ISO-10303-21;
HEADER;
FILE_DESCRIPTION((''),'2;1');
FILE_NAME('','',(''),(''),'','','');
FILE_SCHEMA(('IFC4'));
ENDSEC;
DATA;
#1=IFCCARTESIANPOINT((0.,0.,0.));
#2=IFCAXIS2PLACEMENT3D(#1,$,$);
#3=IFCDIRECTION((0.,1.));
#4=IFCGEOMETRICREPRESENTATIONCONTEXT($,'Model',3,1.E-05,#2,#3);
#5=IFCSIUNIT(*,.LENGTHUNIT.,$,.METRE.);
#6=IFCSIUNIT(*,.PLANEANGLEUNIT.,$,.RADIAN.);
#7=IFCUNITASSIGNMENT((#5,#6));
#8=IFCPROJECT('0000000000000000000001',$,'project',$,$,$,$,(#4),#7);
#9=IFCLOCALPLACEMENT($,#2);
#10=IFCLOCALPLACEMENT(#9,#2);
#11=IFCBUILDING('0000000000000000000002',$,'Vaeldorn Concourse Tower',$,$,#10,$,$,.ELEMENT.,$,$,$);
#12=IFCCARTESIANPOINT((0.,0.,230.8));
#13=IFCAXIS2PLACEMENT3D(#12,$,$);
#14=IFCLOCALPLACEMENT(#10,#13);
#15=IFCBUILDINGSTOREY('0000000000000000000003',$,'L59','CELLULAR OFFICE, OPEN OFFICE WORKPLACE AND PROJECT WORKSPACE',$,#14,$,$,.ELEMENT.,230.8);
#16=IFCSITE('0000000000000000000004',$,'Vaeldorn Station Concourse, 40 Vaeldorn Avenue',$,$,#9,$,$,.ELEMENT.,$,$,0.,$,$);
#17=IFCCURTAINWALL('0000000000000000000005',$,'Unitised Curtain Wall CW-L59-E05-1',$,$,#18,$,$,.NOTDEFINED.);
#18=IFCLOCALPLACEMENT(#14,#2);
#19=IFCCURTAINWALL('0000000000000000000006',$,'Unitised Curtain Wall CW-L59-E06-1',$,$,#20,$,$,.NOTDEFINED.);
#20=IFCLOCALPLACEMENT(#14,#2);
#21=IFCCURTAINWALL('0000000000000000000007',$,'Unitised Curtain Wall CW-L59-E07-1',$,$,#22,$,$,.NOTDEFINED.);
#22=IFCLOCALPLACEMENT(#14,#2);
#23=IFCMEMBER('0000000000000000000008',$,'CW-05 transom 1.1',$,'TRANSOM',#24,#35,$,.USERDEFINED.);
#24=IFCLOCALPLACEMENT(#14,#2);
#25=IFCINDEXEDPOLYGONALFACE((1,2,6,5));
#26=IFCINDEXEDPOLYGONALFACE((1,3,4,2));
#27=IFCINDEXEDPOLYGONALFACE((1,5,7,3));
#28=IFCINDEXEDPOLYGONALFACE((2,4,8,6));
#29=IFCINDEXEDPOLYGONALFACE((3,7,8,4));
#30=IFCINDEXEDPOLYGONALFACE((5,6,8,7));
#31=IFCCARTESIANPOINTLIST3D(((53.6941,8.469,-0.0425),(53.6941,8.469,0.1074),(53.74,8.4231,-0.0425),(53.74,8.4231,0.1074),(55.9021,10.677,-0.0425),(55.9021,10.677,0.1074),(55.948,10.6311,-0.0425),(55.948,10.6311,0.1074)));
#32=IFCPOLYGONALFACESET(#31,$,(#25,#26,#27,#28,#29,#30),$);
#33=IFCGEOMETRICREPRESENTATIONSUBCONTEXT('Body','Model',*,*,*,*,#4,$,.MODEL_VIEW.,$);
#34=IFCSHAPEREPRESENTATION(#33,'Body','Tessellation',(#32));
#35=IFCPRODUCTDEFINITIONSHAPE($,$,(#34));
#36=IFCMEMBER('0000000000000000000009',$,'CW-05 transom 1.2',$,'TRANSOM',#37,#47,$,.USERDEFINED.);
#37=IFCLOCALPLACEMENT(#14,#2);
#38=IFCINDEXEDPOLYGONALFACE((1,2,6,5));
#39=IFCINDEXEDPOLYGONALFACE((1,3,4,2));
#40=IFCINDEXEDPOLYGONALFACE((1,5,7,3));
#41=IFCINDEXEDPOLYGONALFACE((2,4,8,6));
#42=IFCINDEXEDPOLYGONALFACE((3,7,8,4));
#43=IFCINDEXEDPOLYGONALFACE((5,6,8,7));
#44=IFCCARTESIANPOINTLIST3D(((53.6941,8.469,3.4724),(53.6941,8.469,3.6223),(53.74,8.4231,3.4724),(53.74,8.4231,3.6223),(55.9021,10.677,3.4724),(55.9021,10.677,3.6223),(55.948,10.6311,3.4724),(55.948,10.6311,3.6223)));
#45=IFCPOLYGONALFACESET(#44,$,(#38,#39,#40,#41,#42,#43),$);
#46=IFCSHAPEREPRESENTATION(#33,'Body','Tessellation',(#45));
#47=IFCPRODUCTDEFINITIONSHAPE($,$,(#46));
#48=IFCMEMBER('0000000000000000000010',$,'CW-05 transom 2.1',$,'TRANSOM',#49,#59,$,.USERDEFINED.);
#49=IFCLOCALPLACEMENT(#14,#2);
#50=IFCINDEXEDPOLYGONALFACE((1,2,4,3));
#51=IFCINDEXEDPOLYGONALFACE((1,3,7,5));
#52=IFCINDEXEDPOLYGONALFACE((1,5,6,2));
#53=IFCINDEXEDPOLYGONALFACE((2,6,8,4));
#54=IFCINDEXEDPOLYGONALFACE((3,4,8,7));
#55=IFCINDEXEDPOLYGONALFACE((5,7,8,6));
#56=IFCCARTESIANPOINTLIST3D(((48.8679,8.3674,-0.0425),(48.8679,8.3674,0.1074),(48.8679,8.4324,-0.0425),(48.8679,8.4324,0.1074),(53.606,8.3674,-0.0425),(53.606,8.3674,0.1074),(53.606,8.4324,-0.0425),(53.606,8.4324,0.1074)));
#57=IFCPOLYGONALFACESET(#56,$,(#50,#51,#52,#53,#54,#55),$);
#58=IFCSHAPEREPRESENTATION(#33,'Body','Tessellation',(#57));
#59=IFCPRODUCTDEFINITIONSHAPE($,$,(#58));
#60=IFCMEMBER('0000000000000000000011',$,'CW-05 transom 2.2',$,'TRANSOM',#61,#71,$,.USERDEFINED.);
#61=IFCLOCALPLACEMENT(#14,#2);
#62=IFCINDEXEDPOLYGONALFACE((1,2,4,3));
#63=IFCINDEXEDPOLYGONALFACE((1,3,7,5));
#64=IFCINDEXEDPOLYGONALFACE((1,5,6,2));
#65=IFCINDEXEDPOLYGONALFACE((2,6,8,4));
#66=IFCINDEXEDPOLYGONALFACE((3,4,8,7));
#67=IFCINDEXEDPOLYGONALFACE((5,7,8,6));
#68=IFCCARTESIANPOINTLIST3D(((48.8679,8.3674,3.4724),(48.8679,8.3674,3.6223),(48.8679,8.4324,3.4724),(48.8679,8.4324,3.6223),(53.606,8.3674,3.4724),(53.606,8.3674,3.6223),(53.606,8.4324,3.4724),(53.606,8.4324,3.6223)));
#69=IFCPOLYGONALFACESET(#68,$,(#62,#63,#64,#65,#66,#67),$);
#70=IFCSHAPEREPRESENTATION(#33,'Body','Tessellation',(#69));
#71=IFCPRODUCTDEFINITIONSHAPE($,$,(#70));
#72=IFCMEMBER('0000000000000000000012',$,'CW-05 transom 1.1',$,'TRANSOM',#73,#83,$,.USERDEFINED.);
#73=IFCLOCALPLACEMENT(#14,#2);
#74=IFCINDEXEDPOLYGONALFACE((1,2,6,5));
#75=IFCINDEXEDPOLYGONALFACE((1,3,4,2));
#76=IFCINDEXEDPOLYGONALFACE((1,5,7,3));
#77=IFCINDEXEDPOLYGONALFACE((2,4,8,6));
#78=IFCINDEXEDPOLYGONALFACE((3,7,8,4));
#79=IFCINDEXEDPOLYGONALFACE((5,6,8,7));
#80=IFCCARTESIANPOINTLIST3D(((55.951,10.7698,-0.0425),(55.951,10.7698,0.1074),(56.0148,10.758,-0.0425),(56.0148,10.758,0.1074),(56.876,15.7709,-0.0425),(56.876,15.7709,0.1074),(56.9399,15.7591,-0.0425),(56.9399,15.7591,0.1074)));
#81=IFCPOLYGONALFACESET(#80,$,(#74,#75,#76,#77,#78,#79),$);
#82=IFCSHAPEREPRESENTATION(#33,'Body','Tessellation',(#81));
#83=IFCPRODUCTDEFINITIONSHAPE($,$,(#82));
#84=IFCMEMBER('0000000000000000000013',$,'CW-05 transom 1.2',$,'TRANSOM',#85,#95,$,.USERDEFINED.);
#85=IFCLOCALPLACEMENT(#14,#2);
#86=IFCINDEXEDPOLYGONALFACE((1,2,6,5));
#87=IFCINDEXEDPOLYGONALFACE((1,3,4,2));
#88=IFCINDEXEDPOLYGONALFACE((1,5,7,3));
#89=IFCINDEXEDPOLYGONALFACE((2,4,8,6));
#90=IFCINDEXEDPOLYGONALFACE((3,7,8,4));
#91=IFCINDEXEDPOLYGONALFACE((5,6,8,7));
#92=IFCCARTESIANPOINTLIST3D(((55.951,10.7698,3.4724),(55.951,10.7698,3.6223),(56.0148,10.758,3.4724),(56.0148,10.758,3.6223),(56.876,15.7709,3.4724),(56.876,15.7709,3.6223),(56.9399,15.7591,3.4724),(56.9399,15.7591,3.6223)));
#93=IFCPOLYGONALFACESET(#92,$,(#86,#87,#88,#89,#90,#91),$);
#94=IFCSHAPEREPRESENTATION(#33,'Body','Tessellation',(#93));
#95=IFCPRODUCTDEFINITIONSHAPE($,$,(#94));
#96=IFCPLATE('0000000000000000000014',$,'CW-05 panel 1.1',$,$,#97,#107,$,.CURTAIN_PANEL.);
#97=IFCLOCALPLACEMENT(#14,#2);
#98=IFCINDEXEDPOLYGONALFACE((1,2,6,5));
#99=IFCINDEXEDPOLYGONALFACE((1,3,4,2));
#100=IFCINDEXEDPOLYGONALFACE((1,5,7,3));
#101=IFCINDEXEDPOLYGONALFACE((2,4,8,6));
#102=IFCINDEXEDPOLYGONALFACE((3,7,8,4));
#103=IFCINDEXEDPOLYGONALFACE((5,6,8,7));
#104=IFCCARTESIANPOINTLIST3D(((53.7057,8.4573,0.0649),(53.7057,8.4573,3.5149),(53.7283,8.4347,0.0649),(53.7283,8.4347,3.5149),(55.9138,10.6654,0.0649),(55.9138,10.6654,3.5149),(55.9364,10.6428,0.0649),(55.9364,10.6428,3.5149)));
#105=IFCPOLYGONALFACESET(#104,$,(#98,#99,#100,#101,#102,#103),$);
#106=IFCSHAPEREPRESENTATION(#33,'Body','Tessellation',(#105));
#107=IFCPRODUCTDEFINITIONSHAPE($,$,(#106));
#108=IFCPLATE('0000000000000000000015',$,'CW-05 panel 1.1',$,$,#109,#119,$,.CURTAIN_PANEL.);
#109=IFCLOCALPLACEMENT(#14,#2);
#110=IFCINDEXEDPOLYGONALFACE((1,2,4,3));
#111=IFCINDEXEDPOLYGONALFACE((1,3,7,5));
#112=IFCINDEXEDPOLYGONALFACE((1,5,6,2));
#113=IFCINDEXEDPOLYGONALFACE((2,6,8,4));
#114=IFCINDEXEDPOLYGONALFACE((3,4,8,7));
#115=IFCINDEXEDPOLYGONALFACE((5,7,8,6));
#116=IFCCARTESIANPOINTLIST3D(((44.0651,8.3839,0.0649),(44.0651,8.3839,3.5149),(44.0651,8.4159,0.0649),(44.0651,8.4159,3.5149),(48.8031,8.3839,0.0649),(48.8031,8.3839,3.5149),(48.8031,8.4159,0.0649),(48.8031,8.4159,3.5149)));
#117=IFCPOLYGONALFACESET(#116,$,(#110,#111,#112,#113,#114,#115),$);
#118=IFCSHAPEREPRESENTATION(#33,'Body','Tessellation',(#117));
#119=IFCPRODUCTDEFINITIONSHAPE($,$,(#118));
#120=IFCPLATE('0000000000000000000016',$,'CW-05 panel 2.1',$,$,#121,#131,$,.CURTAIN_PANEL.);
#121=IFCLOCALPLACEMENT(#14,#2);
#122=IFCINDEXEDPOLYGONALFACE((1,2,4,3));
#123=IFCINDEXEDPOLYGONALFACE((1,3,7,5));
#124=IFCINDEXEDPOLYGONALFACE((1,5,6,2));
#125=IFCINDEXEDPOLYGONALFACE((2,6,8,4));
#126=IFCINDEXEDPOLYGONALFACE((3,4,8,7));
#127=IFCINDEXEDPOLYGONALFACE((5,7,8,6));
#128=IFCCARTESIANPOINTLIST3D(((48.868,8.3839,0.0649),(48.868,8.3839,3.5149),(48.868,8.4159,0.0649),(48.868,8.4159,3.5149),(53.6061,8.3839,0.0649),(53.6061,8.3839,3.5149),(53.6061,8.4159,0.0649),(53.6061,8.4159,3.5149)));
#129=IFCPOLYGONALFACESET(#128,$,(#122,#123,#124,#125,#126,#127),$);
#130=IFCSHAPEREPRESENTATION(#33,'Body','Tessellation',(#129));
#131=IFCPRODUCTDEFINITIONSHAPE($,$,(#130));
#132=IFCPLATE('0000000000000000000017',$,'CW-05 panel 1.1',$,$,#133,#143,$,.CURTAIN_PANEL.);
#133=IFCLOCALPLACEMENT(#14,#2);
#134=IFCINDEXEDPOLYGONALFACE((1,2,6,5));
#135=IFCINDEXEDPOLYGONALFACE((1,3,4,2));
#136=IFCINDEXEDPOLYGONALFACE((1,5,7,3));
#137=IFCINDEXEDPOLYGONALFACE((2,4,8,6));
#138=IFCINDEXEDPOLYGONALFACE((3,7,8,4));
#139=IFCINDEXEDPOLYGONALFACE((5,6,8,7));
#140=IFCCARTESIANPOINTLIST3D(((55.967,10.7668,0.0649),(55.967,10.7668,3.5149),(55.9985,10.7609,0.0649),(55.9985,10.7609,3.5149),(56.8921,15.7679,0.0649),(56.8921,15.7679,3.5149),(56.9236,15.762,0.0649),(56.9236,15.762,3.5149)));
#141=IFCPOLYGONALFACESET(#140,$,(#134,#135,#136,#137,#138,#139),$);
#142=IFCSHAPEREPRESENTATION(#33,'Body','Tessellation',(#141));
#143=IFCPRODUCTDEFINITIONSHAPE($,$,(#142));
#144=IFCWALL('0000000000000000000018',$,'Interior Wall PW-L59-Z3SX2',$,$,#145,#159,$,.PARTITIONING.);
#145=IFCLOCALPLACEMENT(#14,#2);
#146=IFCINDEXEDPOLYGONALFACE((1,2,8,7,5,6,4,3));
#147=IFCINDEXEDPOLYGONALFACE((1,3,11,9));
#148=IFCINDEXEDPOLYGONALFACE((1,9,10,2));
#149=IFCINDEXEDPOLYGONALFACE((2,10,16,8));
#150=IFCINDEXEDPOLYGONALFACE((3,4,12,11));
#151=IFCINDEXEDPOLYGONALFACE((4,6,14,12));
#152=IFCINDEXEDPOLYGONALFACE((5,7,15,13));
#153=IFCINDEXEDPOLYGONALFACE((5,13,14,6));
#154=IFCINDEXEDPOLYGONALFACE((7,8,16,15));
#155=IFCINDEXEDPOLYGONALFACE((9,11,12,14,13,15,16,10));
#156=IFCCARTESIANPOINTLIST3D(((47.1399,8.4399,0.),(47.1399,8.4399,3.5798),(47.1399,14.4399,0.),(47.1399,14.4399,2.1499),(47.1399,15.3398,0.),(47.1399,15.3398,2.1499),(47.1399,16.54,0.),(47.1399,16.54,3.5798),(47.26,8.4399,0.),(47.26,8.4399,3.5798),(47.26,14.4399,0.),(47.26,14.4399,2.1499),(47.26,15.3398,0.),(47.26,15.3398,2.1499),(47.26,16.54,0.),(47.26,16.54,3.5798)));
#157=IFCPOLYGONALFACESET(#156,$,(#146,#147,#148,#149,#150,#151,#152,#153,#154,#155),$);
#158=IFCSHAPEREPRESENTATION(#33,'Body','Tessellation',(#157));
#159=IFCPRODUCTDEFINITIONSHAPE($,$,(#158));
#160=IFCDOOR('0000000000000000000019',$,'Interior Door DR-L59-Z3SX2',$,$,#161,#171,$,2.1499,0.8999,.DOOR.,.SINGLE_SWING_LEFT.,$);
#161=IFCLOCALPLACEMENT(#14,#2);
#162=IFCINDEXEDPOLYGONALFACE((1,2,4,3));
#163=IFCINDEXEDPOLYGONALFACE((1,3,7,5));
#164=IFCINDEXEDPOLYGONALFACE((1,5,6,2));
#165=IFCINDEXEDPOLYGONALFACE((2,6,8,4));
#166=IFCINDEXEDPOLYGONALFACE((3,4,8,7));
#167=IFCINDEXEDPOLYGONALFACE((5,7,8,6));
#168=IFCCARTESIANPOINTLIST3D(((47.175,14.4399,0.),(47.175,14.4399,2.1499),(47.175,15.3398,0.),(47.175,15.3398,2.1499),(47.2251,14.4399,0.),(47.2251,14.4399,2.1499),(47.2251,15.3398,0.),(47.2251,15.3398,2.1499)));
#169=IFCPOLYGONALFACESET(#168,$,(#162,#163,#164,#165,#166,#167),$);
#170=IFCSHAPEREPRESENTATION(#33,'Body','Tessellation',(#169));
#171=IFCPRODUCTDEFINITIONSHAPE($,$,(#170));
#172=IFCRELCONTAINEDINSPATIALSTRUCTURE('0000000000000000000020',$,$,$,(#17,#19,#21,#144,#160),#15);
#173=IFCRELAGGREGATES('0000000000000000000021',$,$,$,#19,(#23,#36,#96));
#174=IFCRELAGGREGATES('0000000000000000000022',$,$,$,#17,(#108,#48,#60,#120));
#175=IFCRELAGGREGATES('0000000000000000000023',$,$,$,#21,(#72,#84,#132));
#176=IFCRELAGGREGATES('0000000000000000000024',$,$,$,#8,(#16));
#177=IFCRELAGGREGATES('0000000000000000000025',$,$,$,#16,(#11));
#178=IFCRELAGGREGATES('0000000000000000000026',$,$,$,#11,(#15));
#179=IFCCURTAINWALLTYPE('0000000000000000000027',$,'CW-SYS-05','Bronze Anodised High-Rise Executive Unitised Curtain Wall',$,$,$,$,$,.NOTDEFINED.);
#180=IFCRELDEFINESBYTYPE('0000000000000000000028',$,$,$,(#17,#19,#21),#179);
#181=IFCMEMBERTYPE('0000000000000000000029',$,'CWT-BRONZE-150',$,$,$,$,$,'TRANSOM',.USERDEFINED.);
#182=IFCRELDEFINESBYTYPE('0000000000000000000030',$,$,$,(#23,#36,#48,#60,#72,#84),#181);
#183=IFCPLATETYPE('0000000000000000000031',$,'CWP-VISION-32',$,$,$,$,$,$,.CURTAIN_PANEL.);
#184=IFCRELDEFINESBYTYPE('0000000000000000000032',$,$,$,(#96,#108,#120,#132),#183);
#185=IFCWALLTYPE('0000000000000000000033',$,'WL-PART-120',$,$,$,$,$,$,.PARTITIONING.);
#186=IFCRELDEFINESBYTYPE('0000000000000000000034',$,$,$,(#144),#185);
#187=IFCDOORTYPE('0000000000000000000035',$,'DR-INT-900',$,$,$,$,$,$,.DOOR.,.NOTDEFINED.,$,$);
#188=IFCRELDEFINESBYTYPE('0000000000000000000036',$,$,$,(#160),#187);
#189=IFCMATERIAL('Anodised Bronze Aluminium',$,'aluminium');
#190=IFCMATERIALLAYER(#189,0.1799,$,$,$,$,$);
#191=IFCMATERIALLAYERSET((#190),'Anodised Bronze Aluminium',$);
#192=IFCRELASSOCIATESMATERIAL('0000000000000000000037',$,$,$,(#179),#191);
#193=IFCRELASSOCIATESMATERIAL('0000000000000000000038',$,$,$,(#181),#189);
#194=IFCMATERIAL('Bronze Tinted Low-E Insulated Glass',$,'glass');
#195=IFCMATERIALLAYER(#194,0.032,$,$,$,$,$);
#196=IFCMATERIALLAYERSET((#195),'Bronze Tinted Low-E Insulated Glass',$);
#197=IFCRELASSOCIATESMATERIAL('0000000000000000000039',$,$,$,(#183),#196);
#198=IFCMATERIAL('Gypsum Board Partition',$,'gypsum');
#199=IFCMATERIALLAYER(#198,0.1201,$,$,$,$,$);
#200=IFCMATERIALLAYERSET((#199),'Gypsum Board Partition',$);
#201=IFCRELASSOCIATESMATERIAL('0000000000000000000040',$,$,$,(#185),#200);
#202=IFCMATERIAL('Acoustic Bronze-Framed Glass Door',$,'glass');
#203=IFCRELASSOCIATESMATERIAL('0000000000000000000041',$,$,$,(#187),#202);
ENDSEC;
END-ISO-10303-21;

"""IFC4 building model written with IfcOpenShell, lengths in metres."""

from ifc_helpers import new_model, si_unit, direction, frame, frame_2d, origin, origin_2d, place, context, subcontext, project, spatial, rectangle, extrude, source, transform, mapped, material, layer, layer_set, material_profile, profile_set, type_object, element, fill, aggregate, save


model = new_model("IFC4")

# Units and contexts
model_context = context("Model", 3, precision=1e-05, world=origin(), true_north=direction((0.0, 1.0)))
body_context = subcontext(model_context, "Body", "Model", "MODEL_VIEW")
ifc_project = project(units=[si_unit("LENGTHUNIT", "METRE"), si_unit("PLANEANGLEUNIT", "RADIAN")], contexts=[model_context])

# Site, building, storey
site_placement = place(None, origin())
site = spatial("IfcSite", under=ifc_project, at=site_placement, Name="Vaeldorn Station Concourse, 40 Vaeldorn Avenue", CompositionType="ELEMENT", RefElevation=0.0)
building_placement = place(site_placement, origin())
building = spatial("IfcBuilding", under=site, at=building_placement, Name="Vaeldorn Concourse Tower", CompositionType="ELEMENT")
storey_placement = place(building_placement, frame((0.0, 0.0, 230.8)))
storey = spatial("IfcBuildingStorey", under=building, at=storey_placement, Name="L59", Description="CELLULAR OFFICE, OPEN OFFICE WORKPLACE AND PROJECT WORKSPACE", CompositionType="ELEMENT", Elevation=230.8)

# Curtain walls
ifc_material_1 = material(Name="Anodised Bronze Aluminium", Category="aluminium")
ifc_layer_1 = layer(ifc_material_1, 0.1799)
ifc_layer_set_1 = layer_set([ifc_layer_1], Name="Anodised Bronze Aluminium")
curtain_wall_type = type_object("IfcCurtainWallType", Name="CW-SYS-05", Description="Bronze Anodised High-Rise Executive Unitised Curtain Wall", PredefinedType="NOTDEFINED", material=ifc_layer_set_1)
curtain_wall_1_placement = place(storey_placement, origin())
curtain_wall_1 = element("IfcCurtainWall", 1, at=curtain_wall_1_placement, inside=storey, type_object=curtain_wall_type, Name="Unitised Curtain Wall CW-L59-E05-1", PredefinedType="NOTDEFINED")
curtain_wall_2_placement = place(storey_placement, origin())
curtain_wall_2 = element("IfcCurtainWall", 2, at=curtain_wall_2_placement, inside=storey, type_object=curtain_wall_type, Name="Unitised Curtain Wall CW-L59-E06-1", PredefinedType="NOTDEFINED")
curtain_wall_3_placement = place(storey_placement, origin())
curtain_wall_3 = element("IfcCurtainWall", 3, at=curtain_wall_3_placement, inside=storey, type_object=curtain_wall_type, Name="Unitised Curtain Wall CW-L59-E07-1", PredefinedType="NOTDEFINED")

# Members
ifc_material_profile_1 = material_profile(ifc_material_1, rectangle(XDim=0.0649, YDim=0.1499, at=origin_2d()), Name="CWT 65x150")
ifc_profile_set_1 = profile_set([ifc_material_profile_1], Name="Anodised Bronze Aluminium")
member_type_1 = type_object("IfcMemberType", Name="CWT-BRONZE-150", ElementType="TRANSOM", PredefinedType="USERDEFINED", material=ifc_profile_set_1)
shared_shape_1 = source(origin(), body_context, "Body", "SweptSolid", [
    extrude(rectangle(XDim=0.0649, YDim=0.1499, at=origin_2d()), origin(), (0.0, 0.0, 1.0), 3.1226),
])
member_1_placement = place(storey_placement, frame((53.717, 8.446, 0.0325), z_axis=(0.707107, 0.707107, 0.0), x_axis=(-0.707107, 0.707107, 0.0)))
member_1 = element("IfcMember", 4, at=member_1_placement, type_object=member_type_1, Name="CW-05 transom 1.1", ObjectType="TRANSOM", PredefinedType="USERDEFINED", context=body_context, shape_type="MappedRepresentation", body=[
    mapped(shared_shape_1, transform((0.0, 0.0, 0.0), scale=1.0)),
])
member_2_placement = place(storey_placement, frame((53.717, 8.446, 3.5474), z_axis=(0.707107, 0.707107, 0.0), x_axis=(-0.707107, 0.707107, 0.0)))
member_2 = element("IfcMember", 5, at=member_2_placement, type_object=member_type_1, Name="CW-05 transom 1.2", ObjectType="TRANSOM", PredefinedType="USERDEFINED", context=body_context, shape_type="MappedRepresentation", body=[
    mapped(shared_shape_1, transform((0.0, 0.0, 0.0), scale=1.0)),
])
shared_shape_2 = source(origin(), body_context, "Body", "SweptSolid", [
    extrude(rectangle(XDim=0.0649, YDim=0.1499, at=origin_2d()), origin(), (0.0, 0.0, 1.0), 4.738),
])
member_3_placement = place(storey_placement, frame((48.8679, 8.3999, 0.0325), z_axis=(1.0, 0.0, 0.0), x_axis=(0.0, 1.0, 0.0)))
member_3 = element("IfcMember", 6, at=member_3_placement, type_object=member_type_1, Name="CW-05 transom 2.1", ObjectType="TRANSOM", PredefinedType="USERDEFINED", context=body_context, shape_type="MappedRepresentation", body=[
    mapped(shared_shape_2, transform((0.0, 0.0, 0.0), scale=1.0)),
])
member_4_placement = place(storey_placement, frame((48.8679, 8.3999, 3.5474), z_axis=(1.0, 0.0, 0.0), x_axis=(0.0, 1.0, 0.0)))
member_4 = element("IfcMember", 7, at=member_4_placement, type_object=member_type_1, Name="CW-05 transom 2.2", ObjectType="TRANSOM", PredefinedType="USERDEFINED", context=body_context, shape_type="MappedRepresentation", body=[
    mapped(shared_shape_2, transform((0.0, 0.0, 0.0), scale=1.0)),
])
shared_shape_3 = source(origin(), body_context, "Body", "SweptSolid", [
    extrude(rectangle(XDim=0.0649, YDim=0.1499, at=origin_2d()), origin(), (0.0, 0.0, 1.0), 5.0859),
])
member_5_placement = place(storey_placement, frame((55.9829, 10.7639, 0.0325), z_axis=(0.18188, 0.983321, 0.0), x_axis=(-0.983321, 0.18188, 0.0)))
member_5 = element("IfcMember", 8, at=member_5_placement, type_object=member_type_1, Name="CW-05 transom 1.1", ObjectType="TRANSOM", PredefinedType="USERDEFINED", context=body_context, shape_type="MappedRepresentation", body=[
    mapped(shared_shape_3, transform((0.0, 0.0, 0.0), scale=1.0)),
])
member_6_placement = place(storey_placement, frame((55.9829, 10.7639, 3.5474), z_axis=(0.18188, 0.983321, 0.0), x_axis=(-0.983321, 0.18188, 0.0)))
member_6 = element("IfcMember", 9, at=member_6_placement, type_object=member_type_1, Name="CW-05 transom 1.2", ObjectType="TRANSOM", PredefinedType="USERDEFINED", context=body_context, shape_type="MappedRepresentation", body=[
    mapped(shared_shape_3, transform((0.0, 0.0, 0.0), scale=1.0)),
])

# Plates
ifc_material_2 = material(Name="Bronze Tinted Low-E Insulated Glass", Category="glass")
ifc_layer_2 = layer(ifc_material_2, 0.032)
ifc_layer_set_2 = layer_set([ifc_layer_2], Name="Bronze Tinted Low-E Insulated Glass")
plate_type = type_object("IfcPlateType", Name="CWP-VISION-32", PredefinedType="CURTAIN_PANEL", material=ifc_layer_set_2)
shared_shape_4 = source(origin(), body_context, "Body", "SweptSolid", [
    extrude(rectangle(XDim=3.1228, YDim=0.032, at=origin_2d()), origin(), (0.0, 0.0, 1.0), 3.45),
])
plate_1_placement = place(storey_placement, frame((54.821, 9.55, 0.0649), z_axis=(0.0, 0.0, 1.0), x_axis=(0.707107, 0.707107, 0.0)))
plate_1 = element("IfcPlate", 10, at=plate_1_placement, type_object=plate_type, Name="CW-05 panel 1.1", PredefinedType="CURTAIN_PANEL", context=body_context, shape_type="MappedRepresentation", body=[
    mapped(shared_shape_4, transform((0.0, 0.0, 0.0), scale=1.0)),
])
aggregate(curtain_wall_2, [member_1, member_2, plate_1])
shared_shape_5 = source(origin(), body_context, "Body", "SweptSolid", [
    extrude(rectangle(XDim=4.738, YDim=0.032, at=origin_2d()), origin(), (0.0, 0.0, 1.0), 3.45),
])
plate_2_placement = place(storey_placement, frame((46.4341, 8.3999, 0.0649), z_axis=(0.0, 0.0, 1.0), x_axis=(1.0, 0.0, 0.0)))
plate_2 = element("IfcPlate", 11, at=plate_2_placement, type_object=plate_type, Name="CW-05 panel 1.1", PredefinedType="CURTAIN_PANEL", context=body_context, shape_type="MappedRepresentation", body=[
    mapped(shared_shape_5, transform((0.0, 0.0, 0.0), scale=1.0)),
])
plate_3_placement = place(storey_placement, frame((51.2371, 8.3999, 0.0649), z_axis=(0.0, 0.0, 1.0), x_axis=(1.0, 0.0, 0.0)))
plate_3 = element("IfcPlate", 12, at=plate_3_placement, type_object=plate_type, Name="CW-05 panel 2.1", PredefinedType="CURTAIN_PANEL", context=body_context, shape_type="MappedRepresentation", body=[
    mapped(shared_shape_5, transform((0.0, 0.0, 0.0), scale=1.0)),
])
aggregate(curtain_wall_1, [plate_2, member_3, member_4, plate_3])
shared_shape_6 = source(origin(), body_context, "Body", "SweptSolid", [
    extrude(rectangle(XDim=5.0859, YDim=0.032, at=origin_2d()), origin(), (0.0, 0.0, 1.0), 3.45),
])
plate_4_placement = place(storey_placement, frame((56.4453, 13.2644, 0.0649), z_axis=(0.0, 0.0, 1.0), x_axis=(0.18189, 0.983319, 0.0)))
plate_4 = element("IfcPlate", 13, at=plate_4_placement, type_object=plate_type, Name="CW-05 panel 1.1", PredefinedType="CURTAIN_PANEL", context=body_context, shape_type="MappedRepresentation", body=[
    mapped(shared_shape_6, transform((0.0, 0.0, 0.0), scale=1.0)),
])
aggregate(curtain_wall_3, [member_5, member_6, plate_4])

# Wall, opening, door
ifc_material_3 = material(Name="Gypsum Board Partition", Category="gypsum")
ifc_layer_3 = layer(ifc_material_3, 0.1201)
ifc_layer_set_3 = layer_set([ifc_layer_3], Name="Gypsum Board Partition")
wall_type = type_object("IfcWallType", Name="WL-PART-120", PredefinedType="PARTITIONING", material=ifc_layer_set_3)
wall_placement = place(storey_placement, frame((47.2, 8.4399, 0.0), z_axis=(0.0, 0.0, 1.0), x_axis=(0.0, 1.0, 0.0)))
wall = element("IfcWall", 14, at=wall_placement, inside=storey, type_object=wall_type, Name="Interior Wall PW-L59-Z3SX2", PredefinedType="PARTITIONING", context=body_context, shape_type="SweptSolid", body=[
    extrude(rectangle(XDim=8.1001, YDim=0.1201, at=frame_2d((4.05, 0.0))), origin(), (0.0, 0.0, 1.0), 3.5798),
])
opening_placement = place(wall_placement, frame((6.0, 0.0, 0.0)))
opening = element("IfcOpeningElement", 15, at=opening_placement, cuts=wall, PredefinedType="OPENING", context=body_context, shape_type="SweptSolid", body=[
    extrude(rectangle(XDim=0.8999, YDim=2.1499, at=frame_2d((0.45, 1.075))), frame((0.0, 0.0701, 0.0), z_axis=(0.0, -1.0, 0.0), x_axis=(1.0, 0.0, 0.0)), (0.0, 0.0, 1.0), 0.1401),
])
ifc_material_4 = material(Name="Acoustic Bronze-Framed Glass Door", Category="glass")
door_type = type_object("IfcDoorType", Name="DR-INT-900", OperationType="NOTDEFINED", PredefinedType="DOOR", material=ifc_material_4)
shared_shape_7 = source(origin(), body_context, "Body", "SweptSolid", [
    extrude(rectangle(XDim=0.8999, YDim=2.1499, at=frame_2d((0.45, 1.075))), frame((0.0, 0.0249, 0.0), z_axis=(0.0, -1.0, 0.0), x_axis=(1.0, 0.0, 0.0)), (0.0, 0.0, 1.0), 0.05),
])
door_placement = place(opening_placement, origin())
door = element("IfcDoor", 16, at=door_placement, inside=storey, type_object=door_type, Name="Interior Door DR-L59-Z3SX2", OperationType="SINGLE_SWING_LEFT", OverallHeight=2.1499, OverallWidth=0.8999, PredefinedType="DOOR", context=body_context, shape_type="MappedRepresentation", body=[
    mapped(shared_shape_7, transform((0.0, 0.0, 0.0), scale=1.0)),
])
fill(opening, door)

save(model, "model.ifc")
